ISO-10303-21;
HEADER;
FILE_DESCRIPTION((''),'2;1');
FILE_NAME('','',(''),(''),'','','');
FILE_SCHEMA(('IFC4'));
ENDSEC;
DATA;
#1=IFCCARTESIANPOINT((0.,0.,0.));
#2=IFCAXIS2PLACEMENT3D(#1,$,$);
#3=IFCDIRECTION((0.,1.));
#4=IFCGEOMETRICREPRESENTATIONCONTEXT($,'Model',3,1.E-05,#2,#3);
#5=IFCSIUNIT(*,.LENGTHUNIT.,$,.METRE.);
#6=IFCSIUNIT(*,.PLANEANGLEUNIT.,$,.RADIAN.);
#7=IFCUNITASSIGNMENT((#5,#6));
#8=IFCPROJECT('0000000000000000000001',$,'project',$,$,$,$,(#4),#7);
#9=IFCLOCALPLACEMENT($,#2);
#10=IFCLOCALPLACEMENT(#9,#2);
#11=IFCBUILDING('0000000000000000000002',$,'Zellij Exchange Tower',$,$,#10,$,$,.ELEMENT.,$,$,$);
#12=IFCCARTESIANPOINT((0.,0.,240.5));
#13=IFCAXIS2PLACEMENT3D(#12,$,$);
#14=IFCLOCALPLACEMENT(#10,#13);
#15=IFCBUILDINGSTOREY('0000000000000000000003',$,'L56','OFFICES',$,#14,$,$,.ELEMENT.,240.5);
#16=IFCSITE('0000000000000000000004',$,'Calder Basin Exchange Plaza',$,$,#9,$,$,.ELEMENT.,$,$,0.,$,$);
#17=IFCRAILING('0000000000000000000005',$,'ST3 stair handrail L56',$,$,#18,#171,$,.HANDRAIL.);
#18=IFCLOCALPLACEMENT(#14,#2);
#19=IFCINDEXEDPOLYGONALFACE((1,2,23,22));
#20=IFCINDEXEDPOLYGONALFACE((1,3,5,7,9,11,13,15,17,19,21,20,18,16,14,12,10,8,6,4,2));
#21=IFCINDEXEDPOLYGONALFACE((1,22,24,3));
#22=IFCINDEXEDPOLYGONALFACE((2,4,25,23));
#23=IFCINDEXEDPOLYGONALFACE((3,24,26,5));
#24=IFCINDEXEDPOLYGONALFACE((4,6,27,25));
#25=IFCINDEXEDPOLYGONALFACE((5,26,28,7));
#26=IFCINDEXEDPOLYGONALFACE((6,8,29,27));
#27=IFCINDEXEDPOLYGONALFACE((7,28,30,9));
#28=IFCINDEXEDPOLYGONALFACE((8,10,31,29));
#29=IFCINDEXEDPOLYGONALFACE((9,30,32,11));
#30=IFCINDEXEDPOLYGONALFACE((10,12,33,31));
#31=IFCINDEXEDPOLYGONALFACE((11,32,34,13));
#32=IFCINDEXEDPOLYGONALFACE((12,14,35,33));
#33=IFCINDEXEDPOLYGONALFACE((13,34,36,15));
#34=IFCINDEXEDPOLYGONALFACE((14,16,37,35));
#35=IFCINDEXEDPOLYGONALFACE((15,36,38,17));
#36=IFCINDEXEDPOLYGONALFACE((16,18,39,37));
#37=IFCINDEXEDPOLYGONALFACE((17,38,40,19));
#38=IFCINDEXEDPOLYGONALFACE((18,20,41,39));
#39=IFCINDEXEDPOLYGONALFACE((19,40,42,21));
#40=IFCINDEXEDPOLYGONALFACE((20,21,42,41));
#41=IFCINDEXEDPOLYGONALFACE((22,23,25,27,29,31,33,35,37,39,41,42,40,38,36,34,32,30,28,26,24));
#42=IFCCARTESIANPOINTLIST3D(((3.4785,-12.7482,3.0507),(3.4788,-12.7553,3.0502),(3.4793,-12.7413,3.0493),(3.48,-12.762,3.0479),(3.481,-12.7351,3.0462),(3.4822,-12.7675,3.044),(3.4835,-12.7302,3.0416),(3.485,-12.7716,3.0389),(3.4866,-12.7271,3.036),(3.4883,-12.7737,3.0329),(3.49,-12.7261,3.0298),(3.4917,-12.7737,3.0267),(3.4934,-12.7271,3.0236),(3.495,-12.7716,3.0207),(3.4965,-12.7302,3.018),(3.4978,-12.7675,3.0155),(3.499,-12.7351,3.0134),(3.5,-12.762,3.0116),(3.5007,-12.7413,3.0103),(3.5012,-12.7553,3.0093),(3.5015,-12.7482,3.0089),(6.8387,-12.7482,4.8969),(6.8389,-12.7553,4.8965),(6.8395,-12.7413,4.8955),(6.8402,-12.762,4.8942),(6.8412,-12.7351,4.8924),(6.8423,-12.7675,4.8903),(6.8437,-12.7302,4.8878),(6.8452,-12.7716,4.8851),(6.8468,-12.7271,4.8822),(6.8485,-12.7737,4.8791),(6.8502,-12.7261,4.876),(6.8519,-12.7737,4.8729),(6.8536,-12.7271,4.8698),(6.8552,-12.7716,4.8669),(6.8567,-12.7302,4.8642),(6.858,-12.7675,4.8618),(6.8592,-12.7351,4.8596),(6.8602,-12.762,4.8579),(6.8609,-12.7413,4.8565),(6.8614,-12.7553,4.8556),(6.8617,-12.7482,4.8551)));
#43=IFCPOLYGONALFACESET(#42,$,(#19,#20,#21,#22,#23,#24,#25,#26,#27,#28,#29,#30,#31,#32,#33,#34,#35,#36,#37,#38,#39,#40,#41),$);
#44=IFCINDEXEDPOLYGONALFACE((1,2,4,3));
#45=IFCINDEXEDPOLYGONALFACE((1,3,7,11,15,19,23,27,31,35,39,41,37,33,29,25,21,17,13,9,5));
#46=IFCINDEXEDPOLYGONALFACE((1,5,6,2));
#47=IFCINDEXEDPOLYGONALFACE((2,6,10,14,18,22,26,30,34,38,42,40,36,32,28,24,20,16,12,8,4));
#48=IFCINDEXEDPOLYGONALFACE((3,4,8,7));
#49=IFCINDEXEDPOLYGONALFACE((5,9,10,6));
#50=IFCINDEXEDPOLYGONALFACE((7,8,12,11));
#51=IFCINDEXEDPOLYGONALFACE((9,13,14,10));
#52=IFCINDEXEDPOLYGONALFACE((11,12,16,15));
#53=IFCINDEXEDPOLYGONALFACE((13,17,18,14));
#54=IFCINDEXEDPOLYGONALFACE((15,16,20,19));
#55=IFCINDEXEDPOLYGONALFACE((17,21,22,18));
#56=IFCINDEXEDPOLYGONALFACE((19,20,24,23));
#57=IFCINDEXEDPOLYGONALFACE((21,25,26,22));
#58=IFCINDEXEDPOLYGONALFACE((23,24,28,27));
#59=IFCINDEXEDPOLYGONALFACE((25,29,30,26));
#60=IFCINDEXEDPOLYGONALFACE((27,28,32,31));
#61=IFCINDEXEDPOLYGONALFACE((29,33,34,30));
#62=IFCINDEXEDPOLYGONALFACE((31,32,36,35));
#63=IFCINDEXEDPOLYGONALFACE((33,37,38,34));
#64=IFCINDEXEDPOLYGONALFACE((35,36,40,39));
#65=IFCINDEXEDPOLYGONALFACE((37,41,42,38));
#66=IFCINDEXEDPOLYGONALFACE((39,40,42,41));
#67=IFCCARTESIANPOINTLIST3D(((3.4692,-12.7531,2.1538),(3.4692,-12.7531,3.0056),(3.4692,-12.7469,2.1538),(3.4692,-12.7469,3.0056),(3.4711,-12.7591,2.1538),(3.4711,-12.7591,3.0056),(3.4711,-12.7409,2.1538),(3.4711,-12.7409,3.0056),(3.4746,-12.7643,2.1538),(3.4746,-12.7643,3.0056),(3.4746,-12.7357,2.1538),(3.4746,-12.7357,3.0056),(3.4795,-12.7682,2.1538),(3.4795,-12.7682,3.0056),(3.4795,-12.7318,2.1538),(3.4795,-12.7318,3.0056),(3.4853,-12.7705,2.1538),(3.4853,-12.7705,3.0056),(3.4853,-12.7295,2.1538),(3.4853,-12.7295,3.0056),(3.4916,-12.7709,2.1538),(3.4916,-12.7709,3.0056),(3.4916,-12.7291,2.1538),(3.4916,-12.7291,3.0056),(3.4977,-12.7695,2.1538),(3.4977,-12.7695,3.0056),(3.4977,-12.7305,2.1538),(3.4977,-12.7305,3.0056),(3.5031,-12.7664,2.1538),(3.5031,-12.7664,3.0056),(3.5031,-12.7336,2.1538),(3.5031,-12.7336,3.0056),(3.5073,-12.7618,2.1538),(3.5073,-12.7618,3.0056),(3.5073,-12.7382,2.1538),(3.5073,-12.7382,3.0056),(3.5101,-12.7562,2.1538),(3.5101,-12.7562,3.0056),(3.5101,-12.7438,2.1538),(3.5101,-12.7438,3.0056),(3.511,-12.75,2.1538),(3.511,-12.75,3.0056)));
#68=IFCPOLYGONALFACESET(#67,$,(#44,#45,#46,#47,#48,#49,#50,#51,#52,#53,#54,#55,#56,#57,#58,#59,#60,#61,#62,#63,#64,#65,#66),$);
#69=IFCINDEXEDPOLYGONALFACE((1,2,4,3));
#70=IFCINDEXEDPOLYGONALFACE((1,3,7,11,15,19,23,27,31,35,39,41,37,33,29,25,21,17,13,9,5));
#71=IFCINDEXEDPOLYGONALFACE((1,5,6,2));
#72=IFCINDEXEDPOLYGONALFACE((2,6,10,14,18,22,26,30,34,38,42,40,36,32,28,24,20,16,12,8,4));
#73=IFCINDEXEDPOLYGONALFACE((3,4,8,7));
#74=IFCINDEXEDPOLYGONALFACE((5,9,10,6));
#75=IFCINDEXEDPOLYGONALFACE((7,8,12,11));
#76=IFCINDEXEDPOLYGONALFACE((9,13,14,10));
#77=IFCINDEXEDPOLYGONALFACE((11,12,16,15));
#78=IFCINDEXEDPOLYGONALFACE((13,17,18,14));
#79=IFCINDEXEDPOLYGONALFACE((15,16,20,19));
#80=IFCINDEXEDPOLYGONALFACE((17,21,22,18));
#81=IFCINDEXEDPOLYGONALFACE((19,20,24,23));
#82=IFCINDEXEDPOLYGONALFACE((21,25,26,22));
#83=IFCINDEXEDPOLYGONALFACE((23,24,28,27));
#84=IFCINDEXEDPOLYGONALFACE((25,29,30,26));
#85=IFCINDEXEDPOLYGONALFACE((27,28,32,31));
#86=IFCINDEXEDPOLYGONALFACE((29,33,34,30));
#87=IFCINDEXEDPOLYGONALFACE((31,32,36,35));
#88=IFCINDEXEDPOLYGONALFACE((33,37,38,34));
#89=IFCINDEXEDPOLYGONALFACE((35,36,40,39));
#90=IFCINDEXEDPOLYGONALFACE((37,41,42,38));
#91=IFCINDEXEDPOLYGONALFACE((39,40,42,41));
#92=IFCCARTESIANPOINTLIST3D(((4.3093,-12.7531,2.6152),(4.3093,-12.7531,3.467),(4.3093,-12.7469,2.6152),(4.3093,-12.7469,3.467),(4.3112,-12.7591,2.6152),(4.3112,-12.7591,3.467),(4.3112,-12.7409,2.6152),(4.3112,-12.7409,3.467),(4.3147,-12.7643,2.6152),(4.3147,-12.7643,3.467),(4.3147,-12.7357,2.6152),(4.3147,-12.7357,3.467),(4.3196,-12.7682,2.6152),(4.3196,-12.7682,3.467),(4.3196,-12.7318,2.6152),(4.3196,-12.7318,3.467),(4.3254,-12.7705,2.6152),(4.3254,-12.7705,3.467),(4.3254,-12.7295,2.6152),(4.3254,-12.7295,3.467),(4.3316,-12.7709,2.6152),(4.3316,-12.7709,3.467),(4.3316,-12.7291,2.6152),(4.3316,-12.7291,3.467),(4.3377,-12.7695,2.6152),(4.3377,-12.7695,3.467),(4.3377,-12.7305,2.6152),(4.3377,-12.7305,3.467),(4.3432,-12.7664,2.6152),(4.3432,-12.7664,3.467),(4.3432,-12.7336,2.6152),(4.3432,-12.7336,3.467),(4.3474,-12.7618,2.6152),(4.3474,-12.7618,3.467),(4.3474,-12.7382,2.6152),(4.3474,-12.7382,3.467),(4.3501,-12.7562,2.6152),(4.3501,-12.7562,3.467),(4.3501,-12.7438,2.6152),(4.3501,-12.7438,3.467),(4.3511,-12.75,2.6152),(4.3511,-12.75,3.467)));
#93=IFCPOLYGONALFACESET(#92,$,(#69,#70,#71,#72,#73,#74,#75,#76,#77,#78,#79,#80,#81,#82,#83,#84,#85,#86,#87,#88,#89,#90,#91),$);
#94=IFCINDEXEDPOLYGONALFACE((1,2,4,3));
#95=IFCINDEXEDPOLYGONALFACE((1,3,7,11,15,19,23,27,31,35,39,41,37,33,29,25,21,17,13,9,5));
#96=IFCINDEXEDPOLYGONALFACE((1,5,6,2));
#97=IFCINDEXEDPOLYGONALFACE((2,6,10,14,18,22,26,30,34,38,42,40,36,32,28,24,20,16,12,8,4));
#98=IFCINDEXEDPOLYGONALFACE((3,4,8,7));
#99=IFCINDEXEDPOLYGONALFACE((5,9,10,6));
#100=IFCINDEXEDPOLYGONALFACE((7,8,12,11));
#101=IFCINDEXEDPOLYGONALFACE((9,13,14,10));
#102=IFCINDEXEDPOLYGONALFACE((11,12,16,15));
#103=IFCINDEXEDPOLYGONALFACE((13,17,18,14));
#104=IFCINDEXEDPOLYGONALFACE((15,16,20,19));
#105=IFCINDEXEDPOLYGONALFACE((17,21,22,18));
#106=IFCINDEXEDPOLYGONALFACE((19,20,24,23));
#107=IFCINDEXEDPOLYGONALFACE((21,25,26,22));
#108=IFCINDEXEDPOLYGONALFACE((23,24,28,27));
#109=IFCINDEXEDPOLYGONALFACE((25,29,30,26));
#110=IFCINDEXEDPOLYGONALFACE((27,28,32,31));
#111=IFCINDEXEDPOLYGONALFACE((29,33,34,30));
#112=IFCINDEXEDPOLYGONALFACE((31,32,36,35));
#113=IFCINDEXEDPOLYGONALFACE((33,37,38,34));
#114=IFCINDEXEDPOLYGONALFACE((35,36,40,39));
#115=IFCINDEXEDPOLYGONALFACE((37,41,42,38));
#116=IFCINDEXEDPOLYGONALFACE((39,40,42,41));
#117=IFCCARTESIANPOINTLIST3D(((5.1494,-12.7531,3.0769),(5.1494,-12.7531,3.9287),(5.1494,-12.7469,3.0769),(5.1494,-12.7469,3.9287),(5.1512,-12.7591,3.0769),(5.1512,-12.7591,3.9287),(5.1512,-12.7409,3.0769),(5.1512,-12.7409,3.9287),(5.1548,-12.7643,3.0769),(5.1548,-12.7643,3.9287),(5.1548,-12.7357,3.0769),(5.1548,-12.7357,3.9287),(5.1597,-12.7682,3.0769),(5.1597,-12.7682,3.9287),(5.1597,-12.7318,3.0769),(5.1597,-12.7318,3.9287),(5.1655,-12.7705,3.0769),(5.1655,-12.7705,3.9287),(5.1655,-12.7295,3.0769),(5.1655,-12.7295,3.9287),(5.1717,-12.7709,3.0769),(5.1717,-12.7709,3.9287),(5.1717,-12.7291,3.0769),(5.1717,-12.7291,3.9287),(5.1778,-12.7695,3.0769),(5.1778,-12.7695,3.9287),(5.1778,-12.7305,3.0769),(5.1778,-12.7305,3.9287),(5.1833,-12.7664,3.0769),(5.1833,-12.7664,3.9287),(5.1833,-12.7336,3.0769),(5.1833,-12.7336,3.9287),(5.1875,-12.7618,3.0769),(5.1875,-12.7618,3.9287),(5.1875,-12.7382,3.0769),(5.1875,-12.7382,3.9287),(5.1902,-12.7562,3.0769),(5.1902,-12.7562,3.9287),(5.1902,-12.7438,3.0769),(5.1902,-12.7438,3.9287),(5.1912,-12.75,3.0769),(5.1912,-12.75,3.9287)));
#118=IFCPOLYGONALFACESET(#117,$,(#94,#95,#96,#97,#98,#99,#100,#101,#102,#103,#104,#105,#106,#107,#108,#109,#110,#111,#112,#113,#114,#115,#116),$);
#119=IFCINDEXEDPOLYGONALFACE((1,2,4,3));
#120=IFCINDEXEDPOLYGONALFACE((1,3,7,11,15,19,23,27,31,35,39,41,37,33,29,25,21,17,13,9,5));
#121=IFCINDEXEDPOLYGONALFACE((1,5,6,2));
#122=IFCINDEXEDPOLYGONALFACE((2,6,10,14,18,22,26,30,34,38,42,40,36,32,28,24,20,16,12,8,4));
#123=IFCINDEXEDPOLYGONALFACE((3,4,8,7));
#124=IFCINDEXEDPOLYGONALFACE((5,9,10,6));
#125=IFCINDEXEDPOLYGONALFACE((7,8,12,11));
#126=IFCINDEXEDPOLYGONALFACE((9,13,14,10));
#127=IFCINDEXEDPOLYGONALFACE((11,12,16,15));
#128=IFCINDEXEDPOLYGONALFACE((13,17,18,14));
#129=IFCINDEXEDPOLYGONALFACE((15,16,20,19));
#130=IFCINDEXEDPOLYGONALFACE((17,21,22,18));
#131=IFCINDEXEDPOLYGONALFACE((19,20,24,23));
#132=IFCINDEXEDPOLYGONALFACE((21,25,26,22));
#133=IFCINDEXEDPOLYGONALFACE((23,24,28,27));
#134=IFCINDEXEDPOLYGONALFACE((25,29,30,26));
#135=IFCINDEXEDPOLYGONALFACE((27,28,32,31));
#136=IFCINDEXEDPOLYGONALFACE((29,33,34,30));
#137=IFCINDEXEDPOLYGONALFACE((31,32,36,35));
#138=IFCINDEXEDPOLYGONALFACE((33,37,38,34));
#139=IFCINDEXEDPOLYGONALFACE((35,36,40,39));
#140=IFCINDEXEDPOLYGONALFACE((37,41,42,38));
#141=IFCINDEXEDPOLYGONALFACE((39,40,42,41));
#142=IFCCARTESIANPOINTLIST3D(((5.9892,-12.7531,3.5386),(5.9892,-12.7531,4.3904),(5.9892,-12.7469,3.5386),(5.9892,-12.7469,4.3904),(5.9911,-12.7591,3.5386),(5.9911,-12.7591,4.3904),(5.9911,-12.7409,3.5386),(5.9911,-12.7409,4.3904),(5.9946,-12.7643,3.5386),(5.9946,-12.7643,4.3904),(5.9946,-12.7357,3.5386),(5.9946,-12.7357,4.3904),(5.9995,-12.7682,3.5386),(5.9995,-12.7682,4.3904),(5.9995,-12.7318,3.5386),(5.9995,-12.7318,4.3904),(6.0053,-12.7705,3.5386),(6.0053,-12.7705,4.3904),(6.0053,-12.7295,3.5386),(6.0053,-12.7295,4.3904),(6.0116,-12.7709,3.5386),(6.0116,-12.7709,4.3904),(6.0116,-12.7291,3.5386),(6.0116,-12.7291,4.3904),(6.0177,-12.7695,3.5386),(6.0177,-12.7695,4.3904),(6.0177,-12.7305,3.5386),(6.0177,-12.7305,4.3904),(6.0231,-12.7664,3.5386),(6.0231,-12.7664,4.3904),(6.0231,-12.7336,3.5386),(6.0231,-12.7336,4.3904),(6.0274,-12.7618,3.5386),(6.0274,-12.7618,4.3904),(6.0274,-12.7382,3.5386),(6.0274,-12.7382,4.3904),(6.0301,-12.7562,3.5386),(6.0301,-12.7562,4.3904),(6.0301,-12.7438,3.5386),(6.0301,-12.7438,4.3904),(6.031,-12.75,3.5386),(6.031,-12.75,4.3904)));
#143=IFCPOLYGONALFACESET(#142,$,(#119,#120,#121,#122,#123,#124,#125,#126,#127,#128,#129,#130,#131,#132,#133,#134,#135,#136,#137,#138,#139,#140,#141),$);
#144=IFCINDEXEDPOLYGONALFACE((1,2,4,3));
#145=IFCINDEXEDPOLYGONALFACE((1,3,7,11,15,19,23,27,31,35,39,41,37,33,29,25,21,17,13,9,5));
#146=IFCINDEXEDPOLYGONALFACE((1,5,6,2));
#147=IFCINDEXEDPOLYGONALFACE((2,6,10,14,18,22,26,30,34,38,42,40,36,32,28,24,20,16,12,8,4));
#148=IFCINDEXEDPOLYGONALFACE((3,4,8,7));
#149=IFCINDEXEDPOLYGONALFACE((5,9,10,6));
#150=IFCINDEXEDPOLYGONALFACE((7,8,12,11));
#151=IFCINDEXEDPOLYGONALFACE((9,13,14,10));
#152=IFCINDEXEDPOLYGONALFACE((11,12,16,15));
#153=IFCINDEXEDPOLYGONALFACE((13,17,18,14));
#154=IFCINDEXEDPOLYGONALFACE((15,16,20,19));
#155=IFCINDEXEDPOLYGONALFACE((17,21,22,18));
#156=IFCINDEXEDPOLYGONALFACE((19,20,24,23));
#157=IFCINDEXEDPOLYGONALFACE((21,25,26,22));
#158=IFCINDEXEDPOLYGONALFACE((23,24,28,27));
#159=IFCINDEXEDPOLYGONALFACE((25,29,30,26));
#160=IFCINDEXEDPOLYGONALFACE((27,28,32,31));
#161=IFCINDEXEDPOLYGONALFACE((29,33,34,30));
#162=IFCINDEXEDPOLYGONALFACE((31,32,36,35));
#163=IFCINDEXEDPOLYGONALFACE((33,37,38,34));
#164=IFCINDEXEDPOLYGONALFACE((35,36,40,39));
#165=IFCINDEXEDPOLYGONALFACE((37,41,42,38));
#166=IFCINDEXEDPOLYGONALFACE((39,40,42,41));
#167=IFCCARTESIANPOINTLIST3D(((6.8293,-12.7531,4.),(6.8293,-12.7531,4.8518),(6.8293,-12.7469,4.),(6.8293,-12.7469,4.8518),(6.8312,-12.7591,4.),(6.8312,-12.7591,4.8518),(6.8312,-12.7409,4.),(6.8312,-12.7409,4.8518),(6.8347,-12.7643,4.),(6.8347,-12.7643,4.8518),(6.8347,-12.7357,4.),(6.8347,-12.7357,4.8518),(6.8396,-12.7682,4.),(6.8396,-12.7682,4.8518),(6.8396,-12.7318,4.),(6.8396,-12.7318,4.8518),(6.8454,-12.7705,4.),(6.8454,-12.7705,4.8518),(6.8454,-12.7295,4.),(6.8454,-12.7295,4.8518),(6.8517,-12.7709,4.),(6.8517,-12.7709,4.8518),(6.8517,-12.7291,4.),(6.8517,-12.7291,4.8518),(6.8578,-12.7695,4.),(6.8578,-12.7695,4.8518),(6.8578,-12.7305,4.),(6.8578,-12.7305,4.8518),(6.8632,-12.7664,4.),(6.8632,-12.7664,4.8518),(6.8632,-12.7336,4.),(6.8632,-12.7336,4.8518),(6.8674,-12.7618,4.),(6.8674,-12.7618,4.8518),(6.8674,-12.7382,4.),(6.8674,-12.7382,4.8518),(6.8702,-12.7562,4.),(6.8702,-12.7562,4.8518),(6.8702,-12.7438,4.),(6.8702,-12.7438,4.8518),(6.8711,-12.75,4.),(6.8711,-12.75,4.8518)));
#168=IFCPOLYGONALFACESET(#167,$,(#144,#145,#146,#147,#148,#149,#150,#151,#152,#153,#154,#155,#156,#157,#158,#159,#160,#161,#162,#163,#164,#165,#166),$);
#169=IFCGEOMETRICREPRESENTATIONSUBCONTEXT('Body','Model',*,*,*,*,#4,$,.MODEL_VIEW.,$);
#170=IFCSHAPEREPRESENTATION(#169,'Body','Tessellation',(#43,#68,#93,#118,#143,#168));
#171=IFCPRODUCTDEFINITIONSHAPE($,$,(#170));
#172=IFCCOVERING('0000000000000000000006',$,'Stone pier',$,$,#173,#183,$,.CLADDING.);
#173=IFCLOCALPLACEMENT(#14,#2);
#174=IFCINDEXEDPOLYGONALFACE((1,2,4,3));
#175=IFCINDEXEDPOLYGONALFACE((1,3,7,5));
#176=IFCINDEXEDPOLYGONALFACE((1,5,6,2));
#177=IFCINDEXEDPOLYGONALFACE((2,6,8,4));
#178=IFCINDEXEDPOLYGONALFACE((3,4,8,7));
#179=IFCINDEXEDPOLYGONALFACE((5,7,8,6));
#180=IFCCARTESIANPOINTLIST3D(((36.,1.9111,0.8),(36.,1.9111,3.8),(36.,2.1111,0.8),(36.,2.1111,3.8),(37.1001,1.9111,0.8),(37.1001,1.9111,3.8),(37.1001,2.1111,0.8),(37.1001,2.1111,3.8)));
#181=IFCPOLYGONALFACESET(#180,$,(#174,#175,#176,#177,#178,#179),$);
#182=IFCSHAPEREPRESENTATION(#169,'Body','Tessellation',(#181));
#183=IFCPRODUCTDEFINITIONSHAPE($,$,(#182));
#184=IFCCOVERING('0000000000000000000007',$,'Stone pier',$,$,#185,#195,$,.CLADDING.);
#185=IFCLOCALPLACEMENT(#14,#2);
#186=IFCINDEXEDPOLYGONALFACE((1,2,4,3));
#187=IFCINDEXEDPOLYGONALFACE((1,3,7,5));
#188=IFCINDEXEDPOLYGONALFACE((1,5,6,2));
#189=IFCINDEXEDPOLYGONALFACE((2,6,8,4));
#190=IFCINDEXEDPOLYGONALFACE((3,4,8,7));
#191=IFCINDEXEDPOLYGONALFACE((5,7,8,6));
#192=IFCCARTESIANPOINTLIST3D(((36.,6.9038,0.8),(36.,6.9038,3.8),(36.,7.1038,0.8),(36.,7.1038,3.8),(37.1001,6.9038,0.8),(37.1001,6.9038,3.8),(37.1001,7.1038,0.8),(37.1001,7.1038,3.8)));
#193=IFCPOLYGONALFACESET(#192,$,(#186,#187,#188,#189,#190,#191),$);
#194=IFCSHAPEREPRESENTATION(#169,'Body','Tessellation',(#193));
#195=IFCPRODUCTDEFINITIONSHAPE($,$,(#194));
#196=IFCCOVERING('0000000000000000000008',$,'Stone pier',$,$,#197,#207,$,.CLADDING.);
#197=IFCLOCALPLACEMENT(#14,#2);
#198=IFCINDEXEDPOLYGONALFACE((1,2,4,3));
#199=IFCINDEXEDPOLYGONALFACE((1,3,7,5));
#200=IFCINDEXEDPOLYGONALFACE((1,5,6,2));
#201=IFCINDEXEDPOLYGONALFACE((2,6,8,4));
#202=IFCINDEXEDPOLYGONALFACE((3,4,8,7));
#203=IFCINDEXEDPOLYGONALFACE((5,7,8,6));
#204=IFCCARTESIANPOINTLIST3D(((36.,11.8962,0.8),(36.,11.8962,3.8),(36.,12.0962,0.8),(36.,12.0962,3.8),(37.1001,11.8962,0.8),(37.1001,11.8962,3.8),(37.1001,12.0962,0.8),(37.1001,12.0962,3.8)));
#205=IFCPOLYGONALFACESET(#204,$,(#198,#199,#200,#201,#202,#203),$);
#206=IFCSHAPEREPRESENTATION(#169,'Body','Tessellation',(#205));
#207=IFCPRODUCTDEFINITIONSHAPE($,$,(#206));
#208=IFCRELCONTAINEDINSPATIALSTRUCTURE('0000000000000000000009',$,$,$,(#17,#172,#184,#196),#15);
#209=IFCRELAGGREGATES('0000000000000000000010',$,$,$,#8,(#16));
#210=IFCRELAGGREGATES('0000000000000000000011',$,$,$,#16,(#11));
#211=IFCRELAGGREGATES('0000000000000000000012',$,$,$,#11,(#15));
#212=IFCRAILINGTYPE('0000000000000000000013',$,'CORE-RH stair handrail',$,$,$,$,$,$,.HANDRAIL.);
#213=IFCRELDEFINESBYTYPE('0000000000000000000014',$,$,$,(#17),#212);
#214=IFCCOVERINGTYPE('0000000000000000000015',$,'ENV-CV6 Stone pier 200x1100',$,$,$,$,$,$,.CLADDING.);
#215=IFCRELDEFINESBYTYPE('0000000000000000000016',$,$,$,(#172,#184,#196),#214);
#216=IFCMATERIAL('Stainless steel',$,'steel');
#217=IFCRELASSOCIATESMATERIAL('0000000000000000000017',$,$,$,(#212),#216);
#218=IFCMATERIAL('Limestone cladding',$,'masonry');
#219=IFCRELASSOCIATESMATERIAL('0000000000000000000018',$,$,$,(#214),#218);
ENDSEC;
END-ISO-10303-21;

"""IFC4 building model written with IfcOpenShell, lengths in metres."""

from ifc_helpers import new_model, si_unit, direction, frame, origin, origin_2d, place, context, subcontext, project, spatial, polyline, circle, outline, extrude, material, type_object, element, save


model = new_model("IFC4")

# Units and contexts
model_context = context("Model", 3, precision=1e-05, world=origin(), true_north=direction((0.0, 1.0)))
body_context = subcontext(model_context, "Body", "Model", "MODEL_VIEW")
ifc_project = project(units=[si_unit("LENGTHUNIT", "METRE"), si_unit("PLANEANGLEUNIT", "RADIAN")], contexts=[model_context])

# Site, building, storey
site_placement = place(None, origin())
site = spatial("IfcSite", under=ifc_project, at=site_placement, Name="Calder Basin Exchange Plaza", CompositionType="ELEMENT", RefElevation=0.0)
building_placement = place(site_placement, origin())
building = spatial("IfcBuilding", under=site, at=building_placement, Name="Zellij Exchange Tower", CompositionType="ELEMENT")
storey_placement = place(building_placement, frame((0.0, 0.0, 240.5)))
storey = spatial("IfcBuildingStorey", under=building, at=storey_placement, Name="L56", Description="OFFICES", CompositionType="ELEMENT", Elevation=240.5)

# Railing
ifc_material_1 = material(Name="Stainless steel", Category="steel")
railing_type = type_object("IfcRailingType", Name="CORE-RH stair handrail", PredefinedType="HANDRAIL", material=ifc_material_1)
railing_placement = place(storey_placement, frame((3.49, -12.75, 2.1538)))
element("IfcRailing", 1, at=railing_placement, inside=storey, type_object=railing_type, Name="ST3 stair handrail L56", PredefinedType="HANDRAIL", context=body_context, shape_type="SweptSolid", body=[
    extrude(circle(Radius=0.0239, at=origin_2d()), frame((0.0, 0.0, 0.876), z_axis=(0.876422, 0.0, 0.481545), x_axis=(0.0, 1.0, 0.0)), (0.0, 0.0, 1.0), 3.834),
    extrude(circle(Radius=0.021, at=origin_2d()), origin(), (0.0, 0.0, 1.0), 0.8518),
    extrude(circle(Radius=0.021, at=origin_2d()), frame((0.8401, 0.0, 0.4614)), (0.0, 0.0, 1.0), 0.8518),
    extrude(circle(Radius=0.021, at=origin_2d()), frame((1.6802, 0.0, 0.9231)), (0.0, 0.0, 1.0), 0.8518),
    extrude(circle(Radius=0.021, at=origin_2d()), frame((2.52, 0.0, 1.3848)), (0.0, 0.0, 1.0), 0.8518),
    extrude(circle(Radius=0.021, at=origin_2d()), frame((3.3601, 0.0, 1.8462)), (0.0, 0.0, 1.0), 0.8518),
])

# Coverings
ifc_material_2 = material(Name="Limestone cladding", Category="masonry")
covering_type_1 = type_object("IfcCoveringType", Name="ENV-CV6 Stone pier 200x1100", PredefinedType="CLADDING", material=ifc_material_2)
covering_1_placement = place(storey_placement, frame((0.0, 0.0, 0.8)))
element("IfcCovering", 2, at=covering_1_placement, inside=storey, type_object=covering_type_1, Name="Stone pier", PredefinedType="CLADDING", context=body_context, shape_type="SweptSolid", body=[
    extrude(outline(polyline([(36.0, 1.9111), (36.0, 2.1111), (37.1001, 2.1111), (37.1001, 1.9111), (36.0, 1.9111)])), origin(), (0.0, 0.0, 1.0), 3.0),
])
covering_2_placement = place(storey_placement, frame((0.0, 0.0, 0.8)))
element("IfcCovering", 3, at=covering_2_placement, inside=storey, type_object=covering_type_1, Name="Stone pier", PredefinedType="CLADDING", context=body_context, shape_type="SweptSolid", body=[
    extrude(outline(polyline([(36.0, 6.9038), (36.0, 7.1038), (37.1001, 7.1038), (37.1001, 6.9038), (36.0, 6.9038)])), origin(), (0.0, 0.0, 1.0), 3.0),
])
covering_3_placement = place(storey_placement, frame((0.0, 0.0, 0.8)))
element("IfcCovering", 4, at=covering_3_placement, inside=storey, type_object=covering_type_1, Name="Stone pier", PredefinedType="CLADDING", context=body_context, shape_type="SweptSolid", body=[
    extrude(outline(polyline([(36.0, 11.8962), (36.0, 12.0962), (37.1001, 12.0962), (37.1001, 11.8962), (36.0, 11.8962)])), origin(), (0.0, 0.0, 1.0), 3.0),
])

save(model, "model.ifc")
